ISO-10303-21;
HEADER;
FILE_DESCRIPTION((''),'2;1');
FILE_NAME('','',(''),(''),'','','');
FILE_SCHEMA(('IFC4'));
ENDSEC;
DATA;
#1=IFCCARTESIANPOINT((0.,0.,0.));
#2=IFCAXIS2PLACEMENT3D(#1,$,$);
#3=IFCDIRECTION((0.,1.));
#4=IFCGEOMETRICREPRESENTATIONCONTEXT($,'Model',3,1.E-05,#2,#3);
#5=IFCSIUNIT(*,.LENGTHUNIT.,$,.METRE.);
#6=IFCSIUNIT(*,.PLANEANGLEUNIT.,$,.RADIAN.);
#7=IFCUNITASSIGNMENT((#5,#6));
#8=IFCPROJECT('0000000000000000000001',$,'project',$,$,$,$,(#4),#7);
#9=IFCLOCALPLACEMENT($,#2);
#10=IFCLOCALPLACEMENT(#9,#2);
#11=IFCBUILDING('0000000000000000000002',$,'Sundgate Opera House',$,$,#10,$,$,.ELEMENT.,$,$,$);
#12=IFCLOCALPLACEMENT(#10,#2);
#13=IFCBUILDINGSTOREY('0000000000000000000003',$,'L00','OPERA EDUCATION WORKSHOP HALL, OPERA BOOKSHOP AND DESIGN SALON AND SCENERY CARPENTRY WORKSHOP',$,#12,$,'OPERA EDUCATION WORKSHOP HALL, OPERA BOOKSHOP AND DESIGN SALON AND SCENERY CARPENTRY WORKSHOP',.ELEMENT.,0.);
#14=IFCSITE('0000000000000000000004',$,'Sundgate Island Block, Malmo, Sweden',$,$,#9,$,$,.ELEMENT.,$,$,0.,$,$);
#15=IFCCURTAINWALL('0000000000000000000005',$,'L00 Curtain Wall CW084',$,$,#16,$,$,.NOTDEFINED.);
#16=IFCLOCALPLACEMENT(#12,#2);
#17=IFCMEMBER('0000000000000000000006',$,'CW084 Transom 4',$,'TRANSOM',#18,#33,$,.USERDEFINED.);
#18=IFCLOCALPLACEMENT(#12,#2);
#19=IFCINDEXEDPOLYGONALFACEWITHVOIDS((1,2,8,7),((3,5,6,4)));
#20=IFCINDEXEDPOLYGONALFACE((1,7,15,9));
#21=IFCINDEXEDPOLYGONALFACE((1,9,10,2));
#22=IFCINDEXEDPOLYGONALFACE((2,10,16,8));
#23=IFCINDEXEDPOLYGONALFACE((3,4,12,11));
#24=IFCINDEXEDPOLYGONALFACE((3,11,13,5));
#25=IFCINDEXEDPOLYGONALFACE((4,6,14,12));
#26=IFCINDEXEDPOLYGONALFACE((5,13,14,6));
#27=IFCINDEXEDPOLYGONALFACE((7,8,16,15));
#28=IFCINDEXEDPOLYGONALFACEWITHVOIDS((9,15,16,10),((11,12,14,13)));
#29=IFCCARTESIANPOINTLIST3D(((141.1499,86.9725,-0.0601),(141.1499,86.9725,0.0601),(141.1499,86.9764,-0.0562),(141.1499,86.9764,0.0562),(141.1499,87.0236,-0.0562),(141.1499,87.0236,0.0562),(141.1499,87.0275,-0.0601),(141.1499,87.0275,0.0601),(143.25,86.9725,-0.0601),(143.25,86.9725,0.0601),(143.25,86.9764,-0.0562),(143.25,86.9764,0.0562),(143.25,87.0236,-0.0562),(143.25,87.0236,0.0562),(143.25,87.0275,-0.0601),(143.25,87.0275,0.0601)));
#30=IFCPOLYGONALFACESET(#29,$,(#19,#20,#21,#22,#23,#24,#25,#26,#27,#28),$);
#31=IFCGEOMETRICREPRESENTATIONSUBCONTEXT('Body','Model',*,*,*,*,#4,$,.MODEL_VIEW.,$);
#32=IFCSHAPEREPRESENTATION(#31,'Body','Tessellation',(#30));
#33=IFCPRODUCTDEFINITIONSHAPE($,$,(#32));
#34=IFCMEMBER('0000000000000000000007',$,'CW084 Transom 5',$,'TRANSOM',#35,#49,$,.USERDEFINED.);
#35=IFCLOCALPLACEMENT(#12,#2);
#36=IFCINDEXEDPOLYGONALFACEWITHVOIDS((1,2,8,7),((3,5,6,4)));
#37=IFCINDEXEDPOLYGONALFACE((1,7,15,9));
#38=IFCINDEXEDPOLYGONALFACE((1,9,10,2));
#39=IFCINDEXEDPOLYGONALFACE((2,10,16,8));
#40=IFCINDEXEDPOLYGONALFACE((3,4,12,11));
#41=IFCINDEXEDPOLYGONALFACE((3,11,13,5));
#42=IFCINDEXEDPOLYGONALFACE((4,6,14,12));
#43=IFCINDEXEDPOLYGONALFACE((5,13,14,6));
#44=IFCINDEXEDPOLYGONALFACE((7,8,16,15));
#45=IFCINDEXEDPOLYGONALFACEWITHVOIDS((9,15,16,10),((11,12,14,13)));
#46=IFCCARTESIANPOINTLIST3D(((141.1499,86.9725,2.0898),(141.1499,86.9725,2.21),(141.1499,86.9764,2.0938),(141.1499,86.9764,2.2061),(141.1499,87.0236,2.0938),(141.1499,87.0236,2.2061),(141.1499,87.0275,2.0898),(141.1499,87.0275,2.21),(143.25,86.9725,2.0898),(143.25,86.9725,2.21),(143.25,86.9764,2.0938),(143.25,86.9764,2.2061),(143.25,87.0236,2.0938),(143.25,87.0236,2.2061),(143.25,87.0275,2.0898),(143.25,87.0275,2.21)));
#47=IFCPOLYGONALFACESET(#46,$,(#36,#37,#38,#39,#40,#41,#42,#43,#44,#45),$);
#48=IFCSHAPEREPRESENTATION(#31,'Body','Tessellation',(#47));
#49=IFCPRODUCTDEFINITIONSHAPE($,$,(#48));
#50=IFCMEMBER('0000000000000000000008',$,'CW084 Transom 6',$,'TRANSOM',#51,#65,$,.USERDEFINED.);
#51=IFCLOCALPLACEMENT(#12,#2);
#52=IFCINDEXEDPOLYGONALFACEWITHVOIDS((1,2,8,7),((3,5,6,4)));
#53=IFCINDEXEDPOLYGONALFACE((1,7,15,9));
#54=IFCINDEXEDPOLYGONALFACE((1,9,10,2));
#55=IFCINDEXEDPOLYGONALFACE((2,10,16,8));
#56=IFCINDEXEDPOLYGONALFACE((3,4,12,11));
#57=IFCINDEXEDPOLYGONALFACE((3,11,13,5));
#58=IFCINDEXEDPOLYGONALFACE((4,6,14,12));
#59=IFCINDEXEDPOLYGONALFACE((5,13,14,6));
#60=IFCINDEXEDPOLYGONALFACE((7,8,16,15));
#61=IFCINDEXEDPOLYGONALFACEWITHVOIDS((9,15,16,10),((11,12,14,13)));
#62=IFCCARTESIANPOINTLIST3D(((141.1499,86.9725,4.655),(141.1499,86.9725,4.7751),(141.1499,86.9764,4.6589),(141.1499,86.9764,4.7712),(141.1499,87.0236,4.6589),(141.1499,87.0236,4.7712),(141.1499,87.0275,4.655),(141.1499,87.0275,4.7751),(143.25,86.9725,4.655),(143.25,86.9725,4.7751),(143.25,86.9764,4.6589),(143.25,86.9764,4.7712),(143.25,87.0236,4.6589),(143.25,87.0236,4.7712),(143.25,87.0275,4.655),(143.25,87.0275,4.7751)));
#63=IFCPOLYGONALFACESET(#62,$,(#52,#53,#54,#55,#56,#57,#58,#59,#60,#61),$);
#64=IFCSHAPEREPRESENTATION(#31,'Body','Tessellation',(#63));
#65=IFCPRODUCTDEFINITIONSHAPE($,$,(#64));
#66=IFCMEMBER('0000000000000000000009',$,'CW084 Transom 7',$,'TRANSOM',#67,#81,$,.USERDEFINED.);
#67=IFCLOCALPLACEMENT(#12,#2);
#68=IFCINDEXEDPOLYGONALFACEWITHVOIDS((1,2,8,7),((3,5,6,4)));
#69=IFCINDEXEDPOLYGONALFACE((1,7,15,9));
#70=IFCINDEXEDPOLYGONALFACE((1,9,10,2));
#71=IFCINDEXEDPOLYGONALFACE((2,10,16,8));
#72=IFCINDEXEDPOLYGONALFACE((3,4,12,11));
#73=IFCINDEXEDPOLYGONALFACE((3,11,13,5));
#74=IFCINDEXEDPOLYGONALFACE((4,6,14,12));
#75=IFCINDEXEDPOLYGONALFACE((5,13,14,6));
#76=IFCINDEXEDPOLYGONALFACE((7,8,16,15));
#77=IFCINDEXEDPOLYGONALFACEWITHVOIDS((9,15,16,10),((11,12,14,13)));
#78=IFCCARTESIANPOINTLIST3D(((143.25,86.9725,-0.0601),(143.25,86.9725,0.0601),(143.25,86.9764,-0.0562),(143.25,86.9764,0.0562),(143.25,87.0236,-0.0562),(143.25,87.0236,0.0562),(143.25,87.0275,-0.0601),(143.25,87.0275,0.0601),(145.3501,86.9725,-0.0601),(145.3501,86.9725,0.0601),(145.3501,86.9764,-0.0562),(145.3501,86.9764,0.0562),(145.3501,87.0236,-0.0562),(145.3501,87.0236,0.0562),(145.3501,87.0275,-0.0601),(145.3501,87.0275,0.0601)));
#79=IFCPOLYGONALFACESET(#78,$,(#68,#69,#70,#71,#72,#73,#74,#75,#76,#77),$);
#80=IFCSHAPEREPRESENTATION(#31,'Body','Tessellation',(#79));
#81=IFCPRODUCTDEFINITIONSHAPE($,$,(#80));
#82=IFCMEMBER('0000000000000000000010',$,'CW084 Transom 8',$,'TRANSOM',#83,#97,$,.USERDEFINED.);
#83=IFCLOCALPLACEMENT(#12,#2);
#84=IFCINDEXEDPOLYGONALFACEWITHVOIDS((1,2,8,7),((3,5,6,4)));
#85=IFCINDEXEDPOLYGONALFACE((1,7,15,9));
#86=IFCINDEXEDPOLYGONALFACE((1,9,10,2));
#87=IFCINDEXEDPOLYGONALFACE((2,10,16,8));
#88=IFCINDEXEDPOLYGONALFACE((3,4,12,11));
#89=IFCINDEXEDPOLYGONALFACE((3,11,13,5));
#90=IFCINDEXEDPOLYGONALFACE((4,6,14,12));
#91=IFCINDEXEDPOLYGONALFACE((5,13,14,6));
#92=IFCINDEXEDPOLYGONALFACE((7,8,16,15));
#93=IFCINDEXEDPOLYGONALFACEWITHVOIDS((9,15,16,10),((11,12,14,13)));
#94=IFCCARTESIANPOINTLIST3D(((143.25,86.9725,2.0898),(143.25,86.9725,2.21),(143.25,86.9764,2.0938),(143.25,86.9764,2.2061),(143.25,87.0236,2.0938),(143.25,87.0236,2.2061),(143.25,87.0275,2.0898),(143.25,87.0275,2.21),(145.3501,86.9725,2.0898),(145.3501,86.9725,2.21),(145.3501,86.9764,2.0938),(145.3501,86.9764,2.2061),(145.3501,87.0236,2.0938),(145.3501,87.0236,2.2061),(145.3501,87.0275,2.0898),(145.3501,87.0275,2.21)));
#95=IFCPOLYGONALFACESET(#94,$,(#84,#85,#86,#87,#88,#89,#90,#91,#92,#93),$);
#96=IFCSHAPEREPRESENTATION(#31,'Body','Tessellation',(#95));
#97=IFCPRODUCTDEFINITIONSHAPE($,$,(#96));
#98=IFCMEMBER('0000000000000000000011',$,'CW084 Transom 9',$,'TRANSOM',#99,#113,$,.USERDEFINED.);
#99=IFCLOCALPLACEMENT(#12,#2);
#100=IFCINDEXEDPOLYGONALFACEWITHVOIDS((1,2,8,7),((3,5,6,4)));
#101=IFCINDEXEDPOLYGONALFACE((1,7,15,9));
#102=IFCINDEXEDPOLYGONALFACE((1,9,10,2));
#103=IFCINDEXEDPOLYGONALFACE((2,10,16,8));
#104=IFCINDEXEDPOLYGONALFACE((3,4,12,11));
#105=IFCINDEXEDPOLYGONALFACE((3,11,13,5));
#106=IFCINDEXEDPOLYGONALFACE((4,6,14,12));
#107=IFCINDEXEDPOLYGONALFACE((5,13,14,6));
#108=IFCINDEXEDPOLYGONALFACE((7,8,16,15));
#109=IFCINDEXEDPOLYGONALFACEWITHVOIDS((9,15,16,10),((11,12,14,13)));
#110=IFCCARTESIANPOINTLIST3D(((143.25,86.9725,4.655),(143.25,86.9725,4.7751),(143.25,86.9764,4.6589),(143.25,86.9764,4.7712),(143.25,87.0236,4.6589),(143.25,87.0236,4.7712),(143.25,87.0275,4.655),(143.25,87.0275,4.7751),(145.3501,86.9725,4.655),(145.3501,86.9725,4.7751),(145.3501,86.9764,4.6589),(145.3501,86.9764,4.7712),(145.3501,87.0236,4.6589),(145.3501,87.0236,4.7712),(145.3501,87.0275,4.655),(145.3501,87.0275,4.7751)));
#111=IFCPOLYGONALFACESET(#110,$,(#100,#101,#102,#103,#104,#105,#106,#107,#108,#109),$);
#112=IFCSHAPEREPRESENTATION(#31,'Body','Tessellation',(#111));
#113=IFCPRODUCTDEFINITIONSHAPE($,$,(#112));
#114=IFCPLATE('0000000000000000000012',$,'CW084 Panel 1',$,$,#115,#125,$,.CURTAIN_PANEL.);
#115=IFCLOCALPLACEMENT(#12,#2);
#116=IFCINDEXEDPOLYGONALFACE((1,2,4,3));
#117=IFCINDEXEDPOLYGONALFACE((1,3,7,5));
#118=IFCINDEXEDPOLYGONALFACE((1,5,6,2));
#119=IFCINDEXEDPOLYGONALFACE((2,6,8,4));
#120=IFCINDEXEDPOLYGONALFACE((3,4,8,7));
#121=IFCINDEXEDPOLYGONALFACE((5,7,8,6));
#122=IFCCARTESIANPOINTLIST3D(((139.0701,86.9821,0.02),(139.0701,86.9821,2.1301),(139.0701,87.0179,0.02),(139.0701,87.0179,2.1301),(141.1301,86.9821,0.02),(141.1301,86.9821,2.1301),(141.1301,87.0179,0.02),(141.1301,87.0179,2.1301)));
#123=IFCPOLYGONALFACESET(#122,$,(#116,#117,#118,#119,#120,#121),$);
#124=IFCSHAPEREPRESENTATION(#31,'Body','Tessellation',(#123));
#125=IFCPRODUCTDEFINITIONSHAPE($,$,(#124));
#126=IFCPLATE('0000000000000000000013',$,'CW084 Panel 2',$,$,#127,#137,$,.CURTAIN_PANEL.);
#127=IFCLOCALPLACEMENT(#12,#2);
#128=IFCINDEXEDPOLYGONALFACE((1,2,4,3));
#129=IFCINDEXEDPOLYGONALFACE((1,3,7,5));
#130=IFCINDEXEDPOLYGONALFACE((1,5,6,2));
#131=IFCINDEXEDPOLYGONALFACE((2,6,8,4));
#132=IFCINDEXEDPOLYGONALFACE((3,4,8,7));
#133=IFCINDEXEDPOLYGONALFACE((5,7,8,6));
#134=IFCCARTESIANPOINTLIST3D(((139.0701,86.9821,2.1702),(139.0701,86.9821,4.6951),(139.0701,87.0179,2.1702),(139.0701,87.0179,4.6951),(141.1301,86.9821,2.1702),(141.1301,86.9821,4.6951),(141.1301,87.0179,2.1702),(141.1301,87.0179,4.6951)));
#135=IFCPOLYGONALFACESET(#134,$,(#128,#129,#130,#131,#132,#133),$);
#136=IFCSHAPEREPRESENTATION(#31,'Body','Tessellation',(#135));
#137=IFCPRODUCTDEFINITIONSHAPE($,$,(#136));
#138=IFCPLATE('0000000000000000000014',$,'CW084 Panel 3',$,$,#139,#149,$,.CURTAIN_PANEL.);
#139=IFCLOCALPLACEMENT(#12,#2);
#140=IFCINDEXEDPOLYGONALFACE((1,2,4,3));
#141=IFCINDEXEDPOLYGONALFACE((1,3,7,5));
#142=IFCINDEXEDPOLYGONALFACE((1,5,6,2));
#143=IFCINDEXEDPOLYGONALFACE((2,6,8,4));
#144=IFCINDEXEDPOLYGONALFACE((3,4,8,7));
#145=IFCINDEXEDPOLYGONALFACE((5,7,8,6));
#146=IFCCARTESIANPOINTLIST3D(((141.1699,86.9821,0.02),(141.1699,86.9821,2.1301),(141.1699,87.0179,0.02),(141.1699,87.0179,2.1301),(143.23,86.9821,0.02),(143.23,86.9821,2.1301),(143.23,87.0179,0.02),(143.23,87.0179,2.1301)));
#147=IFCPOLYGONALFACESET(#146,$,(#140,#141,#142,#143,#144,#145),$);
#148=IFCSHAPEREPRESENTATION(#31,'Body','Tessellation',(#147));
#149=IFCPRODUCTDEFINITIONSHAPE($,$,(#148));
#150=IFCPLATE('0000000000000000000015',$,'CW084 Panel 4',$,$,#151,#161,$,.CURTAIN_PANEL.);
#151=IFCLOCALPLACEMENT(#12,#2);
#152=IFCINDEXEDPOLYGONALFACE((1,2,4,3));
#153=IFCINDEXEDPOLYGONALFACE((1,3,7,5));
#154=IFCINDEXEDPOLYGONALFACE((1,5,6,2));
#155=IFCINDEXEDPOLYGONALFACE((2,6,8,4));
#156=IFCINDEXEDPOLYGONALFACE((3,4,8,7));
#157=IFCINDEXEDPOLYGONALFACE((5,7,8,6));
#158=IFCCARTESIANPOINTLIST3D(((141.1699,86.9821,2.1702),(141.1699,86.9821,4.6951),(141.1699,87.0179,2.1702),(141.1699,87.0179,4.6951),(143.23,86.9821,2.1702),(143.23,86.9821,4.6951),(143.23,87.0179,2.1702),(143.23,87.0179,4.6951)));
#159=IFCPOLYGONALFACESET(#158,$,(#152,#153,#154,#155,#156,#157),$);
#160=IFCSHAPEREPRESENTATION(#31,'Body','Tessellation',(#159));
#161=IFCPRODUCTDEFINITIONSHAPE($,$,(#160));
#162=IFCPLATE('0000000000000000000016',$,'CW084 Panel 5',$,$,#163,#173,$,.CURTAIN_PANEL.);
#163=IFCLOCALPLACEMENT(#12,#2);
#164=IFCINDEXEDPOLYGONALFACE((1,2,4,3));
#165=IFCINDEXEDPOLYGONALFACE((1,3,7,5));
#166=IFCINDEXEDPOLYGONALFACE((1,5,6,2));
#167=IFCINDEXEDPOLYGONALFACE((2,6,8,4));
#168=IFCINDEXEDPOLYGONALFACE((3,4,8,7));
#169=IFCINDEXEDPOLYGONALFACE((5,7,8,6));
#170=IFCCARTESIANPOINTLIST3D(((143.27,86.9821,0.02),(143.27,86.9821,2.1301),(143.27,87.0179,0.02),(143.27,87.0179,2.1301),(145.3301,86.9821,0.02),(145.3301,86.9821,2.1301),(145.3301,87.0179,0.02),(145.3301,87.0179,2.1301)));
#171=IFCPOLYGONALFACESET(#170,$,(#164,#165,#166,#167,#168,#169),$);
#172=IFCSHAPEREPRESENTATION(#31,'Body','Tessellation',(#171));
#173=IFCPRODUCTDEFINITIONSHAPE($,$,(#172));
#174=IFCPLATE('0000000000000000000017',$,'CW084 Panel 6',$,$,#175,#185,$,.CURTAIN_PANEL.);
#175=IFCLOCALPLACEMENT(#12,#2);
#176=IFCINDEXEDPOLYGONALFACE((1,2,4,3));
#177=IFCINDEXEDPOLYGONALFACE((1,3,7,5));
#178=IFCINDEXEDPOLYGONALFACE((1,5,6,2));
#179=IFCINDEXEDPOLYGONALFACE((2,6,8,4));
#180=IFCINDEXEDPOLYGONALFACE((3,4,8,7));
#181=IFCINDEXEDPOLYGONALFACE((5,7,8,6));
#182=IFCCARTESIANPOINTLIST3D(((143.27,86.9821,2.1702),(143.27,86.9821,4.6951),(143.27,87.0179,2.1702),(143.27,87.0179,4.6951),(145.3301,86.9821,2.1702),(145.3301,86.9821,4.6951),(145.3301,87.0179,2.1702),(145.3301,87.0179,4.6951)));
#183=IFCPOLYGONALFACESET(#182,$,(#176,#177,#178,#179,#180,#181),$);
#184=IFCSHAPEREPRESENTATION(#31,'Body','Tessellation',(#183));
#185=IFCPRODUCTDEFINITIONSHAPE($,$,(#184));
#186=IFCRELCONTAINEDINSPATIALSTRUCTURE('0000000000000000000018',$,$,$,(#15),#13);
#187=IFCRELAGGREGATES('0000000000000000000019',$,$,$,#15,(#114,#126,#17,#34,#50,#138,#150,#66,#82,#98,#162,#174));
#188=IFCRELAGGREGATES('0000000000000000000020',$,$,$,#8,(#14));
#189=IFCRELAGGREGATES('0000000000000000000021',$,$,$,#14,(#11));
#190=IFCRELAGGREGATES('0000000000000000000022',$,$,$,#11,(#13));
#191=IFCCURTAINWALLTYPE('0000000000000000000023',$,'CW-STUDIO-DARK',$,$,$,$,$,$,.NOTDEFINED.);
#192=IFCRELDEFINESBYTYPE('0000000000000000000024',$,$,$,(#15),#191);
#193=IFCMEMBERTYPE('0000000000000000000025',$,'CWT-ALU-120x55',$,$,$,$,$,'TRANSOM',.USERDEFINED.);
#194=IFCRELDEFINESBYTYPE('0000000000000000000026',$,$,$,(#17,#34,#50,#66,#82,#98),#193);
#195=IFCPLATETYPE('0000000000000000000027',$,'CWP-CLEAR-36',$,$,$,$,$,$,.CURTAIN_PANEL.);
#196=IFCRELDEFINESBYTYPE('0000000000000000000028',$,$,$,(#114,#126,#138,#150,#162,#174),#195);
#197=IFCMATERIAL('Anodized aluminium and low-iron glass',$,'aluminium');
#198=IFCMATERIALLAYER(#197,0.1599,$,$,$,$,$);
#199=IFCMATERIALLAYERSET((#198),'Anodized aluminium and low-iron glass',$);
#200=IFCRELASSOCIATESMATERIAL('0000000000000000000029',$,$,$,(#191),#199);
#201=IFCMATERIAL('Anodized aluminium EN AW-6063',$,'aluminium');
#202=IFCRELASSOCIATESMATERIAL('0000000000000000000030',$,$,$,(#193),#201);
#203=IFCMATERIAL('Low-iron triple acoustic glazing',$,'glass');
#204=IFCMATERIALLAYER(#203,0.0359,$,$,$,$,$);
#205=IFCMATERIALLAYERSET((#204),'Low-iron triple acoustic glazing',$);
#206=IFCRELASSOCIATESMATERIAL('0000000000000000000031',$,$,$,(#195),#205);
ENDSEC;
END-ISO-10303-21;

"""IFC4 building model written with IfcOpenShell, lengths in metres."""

from ifc_helpers import new_model, si_unit, direction, frame, origin, origin_2d, place, context, subcontext, project, spatial, rectangle, hollow_rectangle, extrude, material, layer, layer_set, material_profile, profile_set, type_object, element, aggregate, save


model = new_model("IFC4")

# Units and contexts
model_context = context("Model", 3, precision=1e-05, world=origin(), true_north=direction((0.0, 1.0)))
body_context = subcontext(model_context, "Body", "Model", "MODEL_VIEW")
ifc_project = project(units=[si_unit("LENGTHUNIT", "METRE"), si_unit("PLANEANGLEUNIT", "RADIAN")], contexts=[model_context])

# Site, building, storey
site_placement = place(None, origin())
site = spatial("IfcSite", under=ifc_project, at=site_placement, Name="Sundgate Island Block, Malmo, Sweden", CompositionType="ELEMENT", RefElevation=0.0)
building_placement = place(site_placement, origin())
building = spatial("IfcBuilding", under=site, at=building_placement, Name="Sundgate Opera House", CompositionType="ELEMENT")
storey_placement = place(building_placement, origin())
storey = spatial("IfcBuildingStorey", under=building, at=storey_placement, Name="L00", Description="OPERA EDUCATION WORKSHOP HALL, OPERA BOOKSHOP AND DESIGN SALON AND SCENERY CARPENTRY WORKSHOP", LongName="OPERA EDUCATION WORKSHOP HALL, OPERA BOOKSHOP AND DESIGN SALON AND SCENERY CARPENTRY WORKSHOP", CompositionType="ELEMENT", Elevation=0.0)

# Curtain wall
ifc_material_1 = material(Name="Anodized aluminium and low-iron glass", Category="aluminium")
ifc_layer_1 = layer(ifc_material_1, 0.1599)
ifc_layer_set_1 = layer_set([ifc_layer_1], Name="Anodized aluminium and low-iron glass")
curtain_wall_type = type_object("IfcCurtainWallType", Name="CW-STUDIO-DARK", PredefinedType="NOTDEFINED", material=ifc_layer_set_1)
curtain_wall_1_placement = place(storey_placement, origin())
curtain_wall_1 = element("IfcCurtainWall", 1, at=curtain_wall_1_placement, inside=storey, type_object=curtain_wall_type, Name="L00 Curtain Wall CW084", PredefinedType="NOTDEFINED")

# Members
ifc_material_2 = material(Name="Anodized aluminium EN AW-6063", Category="aluminium")
ifc_material_profile_1 = material_profile(ifc_material_2, hollow_rectangle(XDim=0.0549, YDim=0.1201, WallThickness=0.0039, at=origin_2d()), Name="CWT 120x55x4")
ifc_profile_set_1 = profile_set([ifc_material_profile_1], Name="Anodized aluminium EN AW-6063")
member_type_1 = type_object("IfcMemberType", Name="CWT-ALU-120x55", ElementType="TRANSOM", PredefinedType="USERDEFINED", material=ifc_profile_set_1)
member_1_placement = place(storey_placement, frame((141.1499, 87.0, 0.0), z_axis=(1.0, 0.0, 0.0), x_axis=(0.0, 1.0, 0.0)))
member_1 = element("IfcMember", 2, at=member_1_placement, type_object=member_type_1, Name="CW084 Transom 4", ObjectType="TRANSOM", PredefinedType="USERDEFINED", context=body_context, shape_type="SweptSolid", body=[
    extrude(hollow_rectangle(XDim=0.0549, YDim=0.1201, WallThickness=0.0039, at=origin_2d()), origin(), (0.0, 0.0, 1.0), 2.1001),
])
member_2_placement = place(storey_placement, frame((141.1499, 87.0, 2.1499), z_axis=(1.0, 0.0, 0.0), x_axis=(0.0, 1.0, 0.0)))
member_2 = element("IfcMember", 3, at=member_2_placement, type_object=member_type_1, Name="CW084 Transom 5", ObjectType="TRANSOM", PredefinedType="USERDEFINED", context=body_context, shape_type="SweptSolid", body=[
    extrude(hollow_rectangle(XDim=0.0549, YDim=0.1201, WallThickness=0.0039, at=origin_2d()), origin(), (0.0, 0.0, 1.0), 2.1001),
])
member_3_placement = place(storey_placement, frame((141.1499, 87.0, 4.7151), z_axis=(1.0, 0.0, 0.0), x_axis=(0.0, 1.0, 0.0)))
member_3 = element("IfcMember", 4, at=member_3_placement, type_object=member_type_1, Name="CW084 Transom 6", ObjectType="TRANSOM", PredefinedType="USERDEFINED", context=body_context, shape_type="SweptSolid", body=[
    extrude(hollow_rectangle(XDim=0.0549, YDim=0.1201, WallThickness=0.0039, at=origin_2d()), origin(), (0.0, 0.0, 1.0), 2.1001),
])
member_4_placement = place(storey_placement, frame((143.25, 87.0, 0.0), z_axis=(1.0, 0.0, 0.0), x_axis=(0.0, 1.0, 0.0)))
member_4 = element("IfcMember", 5, at=member_4_placement, type_object=member_type_1, Name="CW084 Transom 7", ObjectType="TRANSOM", PredefinedType="USERDEFINED", context=body_context, shape_type="SweptSolid", body=[
    extrude(hollow_rectangle(XDim=0.0549, YDim=0.1201, WallThickness=0.0039, at=origin_2d()), origin(), (0.0, 0.0, 1.0), 2.1001),
])
member_5_placement = place(storey_placement, frame((143.25, 87.0, 2.1499), z_axis=(1.0, 0.0, 0.0), x_axis=(0.0, 1.0, 0.0)))
member_5 = element("IfcMember", 6, at=member_5_placement, type_object=member_type_1, Name="CW084 Transom 8", ObjectType="TRANSOM", PredefinedType="USERDEFINED", context=body_context, shape_type="SweptSolid", body=[
    extrude(hollow_rectangle(XDim=0.0549, YDim=0.1201, WallThickness=0.0039, at=origin_2d()), origin(), (0.0, 0.0, 1.0), 2.1001),
])
member_6_placement = place(storey_placement, frame((143.25, 87.0, 4.7151), z_axis=(1.0, 0.0, 0.0), x_axis=(0.0, 1.0, 0.0)))
member_6 = element("IfcMember", 7, at=member_6_placement, type_object=member_type_1, Name="CW084 Transom 9", ObjectType="TRANSOM", PredefinedType="USERDEFINED", context=body_context, shape_type="SweptSolid", body=[
    extrude(hollow_rectangle(XDim=0.0549, YDim=0.1201, WallThickness=0.0039, at=origin_2d()), origin(), (0.0, 0.0, 1.0), 2.1001),
])

# Plates
ifc_material_3 = material(Name="Low-iron triple acoustic glazing", Category="glass")
ifc_layer_2 = layer(ifc_material_3, 0.0359)
ifc_layer_set_2 = layer_set([ifc_layer_2], Name="Low-iron triple acoustic glazing")
plate_type = type_object("IfcPlateType", Name="CWP-CLEAR-36", PredefinedType="CURTAIN_PANEL", material=ifc_layer_set_2)
plate_1_placement = place(storey_placement, frame((140.1001, 87.0, 0.02), z_axis=(0.0, 0.0, 1.0), x_axis=(1.0, 0.0, 0.0)))
plate_1 = element("IfcPlate", 8, at=plate_1_placement, type_object=plate_type, Name="CW084 Panel 1", PredefinedType="CURTAIN_PANEL", context=body_context, shape_type="SweptSolid", body=[
    extrude(rectangle(XDim=2.0601, YDim=0.0359, at=origin_2d()), origin(), (0.0, 0.0, 1.0), 2.1101),
])
plate_2_placement = place(storey_placement, frame((140.1001, 87.0, 2.1702), z_axis=(0.0, 0.0, 1.0), x_axis=(1.0, 0.0, 0.0)))
plate_2 = element("IfcPlate", 9, at=plate_2_placement, type_object=plate_type, Name="CW084 Panel 2", PredefinedType="CURTAIN_PANEL", context=body_context, shape_type="SweptSolid", body=[
    extrude(rectangle(XDim=2.0601, YDim=0.0359, at=origin_2d()), origin(), (0.0, 0.0, 1.0), 2.5249),
])
plate_3_placement = place(storey_placement, frame((142.2, 87.0, 0.02), z_axis=(0.0, 0.0, 1.0), x_axis=(1.0, 0.0, 0.0)))
plate_3 = element("IfcPlate", 10, at=plate_3_placement, type_object=plate_type, Name="CW084 Panel 3", PredefinedType="CURTAIN_PANEL", context=body_context, shape_type="SweptSolid", body=[
    extrude(rectangle(XDim=2.0601, YDim=0.0359, at=origin_2d()), origin(), (0.0, 0.0, 1.0), 2.1101),
])
plate_4_placement = place(storey_placement, frame((142.2, 87.0, 2.1702), z_axis=(0.0, 0.0, 1.0), x_axis=(1.0, 0.0, 0.0)))
plate_4 = element("IfcPlate", 11, at=plate_4_placement, type_object=plate_type, Name="CW084 Panel 4", PredefinedType="CURTAIN_PANEL", context=body_context, shape_type="SweptSolid", body=[
    extrude(rectangle(XDim=2.0601, YDim=0.0359, at=origin_2d()), origin(), (0.0, 0.0, 1.0), 2.5249),
])
plate_5_placement = place(storey_placement, frame((144.3, 87.0, 0.02), z_axis=(0.0, 0.0, 1.0), x_axis=(1.0, 0.0, 0.0)))
plate_5 = element("IfcPlate", 12, at=plate_5_placement, type_object=plate_type, Name="CW084 Panel 5", PredefinedType="CURTAIN_PANEL", context=body_context, shape_type="SweptSolid", body=[
    extrude(rectangle(XDim=2.0601, YDim=0.0359, at=origin_2d()), origin(), (0.0, 0.0, 1.0), 2.1101),
])
plate_6_placement = place(storey_placement, frame((144.3, 87.0, 2.1702), z_axis=(0.0, 0.0, 1.0), x_axis=(1.0, 0.0, 0.0)))
plate_6 = element("IfcPlate", 13, at=plate_6_placement, type_object=plate_type, Name="CW084 Panel 6", PredefinedType="CURTAIN_PANEL", context=body_context, shape_type="SweptSolid", body=[
    extrude(rectangle(XDim=2.0601, YDim=0.0359, at=origin_2d()), origin(), (0.0, 0.0, 1.0), 2.5249),
])
aggregate(curtain_wall_1, [plate_1, plate_2, member_1, member_2, member_3, plate_3, plate_4, member_4, member_5, member_6, plate_5, plate_6])

save(model, "model.ifc")
